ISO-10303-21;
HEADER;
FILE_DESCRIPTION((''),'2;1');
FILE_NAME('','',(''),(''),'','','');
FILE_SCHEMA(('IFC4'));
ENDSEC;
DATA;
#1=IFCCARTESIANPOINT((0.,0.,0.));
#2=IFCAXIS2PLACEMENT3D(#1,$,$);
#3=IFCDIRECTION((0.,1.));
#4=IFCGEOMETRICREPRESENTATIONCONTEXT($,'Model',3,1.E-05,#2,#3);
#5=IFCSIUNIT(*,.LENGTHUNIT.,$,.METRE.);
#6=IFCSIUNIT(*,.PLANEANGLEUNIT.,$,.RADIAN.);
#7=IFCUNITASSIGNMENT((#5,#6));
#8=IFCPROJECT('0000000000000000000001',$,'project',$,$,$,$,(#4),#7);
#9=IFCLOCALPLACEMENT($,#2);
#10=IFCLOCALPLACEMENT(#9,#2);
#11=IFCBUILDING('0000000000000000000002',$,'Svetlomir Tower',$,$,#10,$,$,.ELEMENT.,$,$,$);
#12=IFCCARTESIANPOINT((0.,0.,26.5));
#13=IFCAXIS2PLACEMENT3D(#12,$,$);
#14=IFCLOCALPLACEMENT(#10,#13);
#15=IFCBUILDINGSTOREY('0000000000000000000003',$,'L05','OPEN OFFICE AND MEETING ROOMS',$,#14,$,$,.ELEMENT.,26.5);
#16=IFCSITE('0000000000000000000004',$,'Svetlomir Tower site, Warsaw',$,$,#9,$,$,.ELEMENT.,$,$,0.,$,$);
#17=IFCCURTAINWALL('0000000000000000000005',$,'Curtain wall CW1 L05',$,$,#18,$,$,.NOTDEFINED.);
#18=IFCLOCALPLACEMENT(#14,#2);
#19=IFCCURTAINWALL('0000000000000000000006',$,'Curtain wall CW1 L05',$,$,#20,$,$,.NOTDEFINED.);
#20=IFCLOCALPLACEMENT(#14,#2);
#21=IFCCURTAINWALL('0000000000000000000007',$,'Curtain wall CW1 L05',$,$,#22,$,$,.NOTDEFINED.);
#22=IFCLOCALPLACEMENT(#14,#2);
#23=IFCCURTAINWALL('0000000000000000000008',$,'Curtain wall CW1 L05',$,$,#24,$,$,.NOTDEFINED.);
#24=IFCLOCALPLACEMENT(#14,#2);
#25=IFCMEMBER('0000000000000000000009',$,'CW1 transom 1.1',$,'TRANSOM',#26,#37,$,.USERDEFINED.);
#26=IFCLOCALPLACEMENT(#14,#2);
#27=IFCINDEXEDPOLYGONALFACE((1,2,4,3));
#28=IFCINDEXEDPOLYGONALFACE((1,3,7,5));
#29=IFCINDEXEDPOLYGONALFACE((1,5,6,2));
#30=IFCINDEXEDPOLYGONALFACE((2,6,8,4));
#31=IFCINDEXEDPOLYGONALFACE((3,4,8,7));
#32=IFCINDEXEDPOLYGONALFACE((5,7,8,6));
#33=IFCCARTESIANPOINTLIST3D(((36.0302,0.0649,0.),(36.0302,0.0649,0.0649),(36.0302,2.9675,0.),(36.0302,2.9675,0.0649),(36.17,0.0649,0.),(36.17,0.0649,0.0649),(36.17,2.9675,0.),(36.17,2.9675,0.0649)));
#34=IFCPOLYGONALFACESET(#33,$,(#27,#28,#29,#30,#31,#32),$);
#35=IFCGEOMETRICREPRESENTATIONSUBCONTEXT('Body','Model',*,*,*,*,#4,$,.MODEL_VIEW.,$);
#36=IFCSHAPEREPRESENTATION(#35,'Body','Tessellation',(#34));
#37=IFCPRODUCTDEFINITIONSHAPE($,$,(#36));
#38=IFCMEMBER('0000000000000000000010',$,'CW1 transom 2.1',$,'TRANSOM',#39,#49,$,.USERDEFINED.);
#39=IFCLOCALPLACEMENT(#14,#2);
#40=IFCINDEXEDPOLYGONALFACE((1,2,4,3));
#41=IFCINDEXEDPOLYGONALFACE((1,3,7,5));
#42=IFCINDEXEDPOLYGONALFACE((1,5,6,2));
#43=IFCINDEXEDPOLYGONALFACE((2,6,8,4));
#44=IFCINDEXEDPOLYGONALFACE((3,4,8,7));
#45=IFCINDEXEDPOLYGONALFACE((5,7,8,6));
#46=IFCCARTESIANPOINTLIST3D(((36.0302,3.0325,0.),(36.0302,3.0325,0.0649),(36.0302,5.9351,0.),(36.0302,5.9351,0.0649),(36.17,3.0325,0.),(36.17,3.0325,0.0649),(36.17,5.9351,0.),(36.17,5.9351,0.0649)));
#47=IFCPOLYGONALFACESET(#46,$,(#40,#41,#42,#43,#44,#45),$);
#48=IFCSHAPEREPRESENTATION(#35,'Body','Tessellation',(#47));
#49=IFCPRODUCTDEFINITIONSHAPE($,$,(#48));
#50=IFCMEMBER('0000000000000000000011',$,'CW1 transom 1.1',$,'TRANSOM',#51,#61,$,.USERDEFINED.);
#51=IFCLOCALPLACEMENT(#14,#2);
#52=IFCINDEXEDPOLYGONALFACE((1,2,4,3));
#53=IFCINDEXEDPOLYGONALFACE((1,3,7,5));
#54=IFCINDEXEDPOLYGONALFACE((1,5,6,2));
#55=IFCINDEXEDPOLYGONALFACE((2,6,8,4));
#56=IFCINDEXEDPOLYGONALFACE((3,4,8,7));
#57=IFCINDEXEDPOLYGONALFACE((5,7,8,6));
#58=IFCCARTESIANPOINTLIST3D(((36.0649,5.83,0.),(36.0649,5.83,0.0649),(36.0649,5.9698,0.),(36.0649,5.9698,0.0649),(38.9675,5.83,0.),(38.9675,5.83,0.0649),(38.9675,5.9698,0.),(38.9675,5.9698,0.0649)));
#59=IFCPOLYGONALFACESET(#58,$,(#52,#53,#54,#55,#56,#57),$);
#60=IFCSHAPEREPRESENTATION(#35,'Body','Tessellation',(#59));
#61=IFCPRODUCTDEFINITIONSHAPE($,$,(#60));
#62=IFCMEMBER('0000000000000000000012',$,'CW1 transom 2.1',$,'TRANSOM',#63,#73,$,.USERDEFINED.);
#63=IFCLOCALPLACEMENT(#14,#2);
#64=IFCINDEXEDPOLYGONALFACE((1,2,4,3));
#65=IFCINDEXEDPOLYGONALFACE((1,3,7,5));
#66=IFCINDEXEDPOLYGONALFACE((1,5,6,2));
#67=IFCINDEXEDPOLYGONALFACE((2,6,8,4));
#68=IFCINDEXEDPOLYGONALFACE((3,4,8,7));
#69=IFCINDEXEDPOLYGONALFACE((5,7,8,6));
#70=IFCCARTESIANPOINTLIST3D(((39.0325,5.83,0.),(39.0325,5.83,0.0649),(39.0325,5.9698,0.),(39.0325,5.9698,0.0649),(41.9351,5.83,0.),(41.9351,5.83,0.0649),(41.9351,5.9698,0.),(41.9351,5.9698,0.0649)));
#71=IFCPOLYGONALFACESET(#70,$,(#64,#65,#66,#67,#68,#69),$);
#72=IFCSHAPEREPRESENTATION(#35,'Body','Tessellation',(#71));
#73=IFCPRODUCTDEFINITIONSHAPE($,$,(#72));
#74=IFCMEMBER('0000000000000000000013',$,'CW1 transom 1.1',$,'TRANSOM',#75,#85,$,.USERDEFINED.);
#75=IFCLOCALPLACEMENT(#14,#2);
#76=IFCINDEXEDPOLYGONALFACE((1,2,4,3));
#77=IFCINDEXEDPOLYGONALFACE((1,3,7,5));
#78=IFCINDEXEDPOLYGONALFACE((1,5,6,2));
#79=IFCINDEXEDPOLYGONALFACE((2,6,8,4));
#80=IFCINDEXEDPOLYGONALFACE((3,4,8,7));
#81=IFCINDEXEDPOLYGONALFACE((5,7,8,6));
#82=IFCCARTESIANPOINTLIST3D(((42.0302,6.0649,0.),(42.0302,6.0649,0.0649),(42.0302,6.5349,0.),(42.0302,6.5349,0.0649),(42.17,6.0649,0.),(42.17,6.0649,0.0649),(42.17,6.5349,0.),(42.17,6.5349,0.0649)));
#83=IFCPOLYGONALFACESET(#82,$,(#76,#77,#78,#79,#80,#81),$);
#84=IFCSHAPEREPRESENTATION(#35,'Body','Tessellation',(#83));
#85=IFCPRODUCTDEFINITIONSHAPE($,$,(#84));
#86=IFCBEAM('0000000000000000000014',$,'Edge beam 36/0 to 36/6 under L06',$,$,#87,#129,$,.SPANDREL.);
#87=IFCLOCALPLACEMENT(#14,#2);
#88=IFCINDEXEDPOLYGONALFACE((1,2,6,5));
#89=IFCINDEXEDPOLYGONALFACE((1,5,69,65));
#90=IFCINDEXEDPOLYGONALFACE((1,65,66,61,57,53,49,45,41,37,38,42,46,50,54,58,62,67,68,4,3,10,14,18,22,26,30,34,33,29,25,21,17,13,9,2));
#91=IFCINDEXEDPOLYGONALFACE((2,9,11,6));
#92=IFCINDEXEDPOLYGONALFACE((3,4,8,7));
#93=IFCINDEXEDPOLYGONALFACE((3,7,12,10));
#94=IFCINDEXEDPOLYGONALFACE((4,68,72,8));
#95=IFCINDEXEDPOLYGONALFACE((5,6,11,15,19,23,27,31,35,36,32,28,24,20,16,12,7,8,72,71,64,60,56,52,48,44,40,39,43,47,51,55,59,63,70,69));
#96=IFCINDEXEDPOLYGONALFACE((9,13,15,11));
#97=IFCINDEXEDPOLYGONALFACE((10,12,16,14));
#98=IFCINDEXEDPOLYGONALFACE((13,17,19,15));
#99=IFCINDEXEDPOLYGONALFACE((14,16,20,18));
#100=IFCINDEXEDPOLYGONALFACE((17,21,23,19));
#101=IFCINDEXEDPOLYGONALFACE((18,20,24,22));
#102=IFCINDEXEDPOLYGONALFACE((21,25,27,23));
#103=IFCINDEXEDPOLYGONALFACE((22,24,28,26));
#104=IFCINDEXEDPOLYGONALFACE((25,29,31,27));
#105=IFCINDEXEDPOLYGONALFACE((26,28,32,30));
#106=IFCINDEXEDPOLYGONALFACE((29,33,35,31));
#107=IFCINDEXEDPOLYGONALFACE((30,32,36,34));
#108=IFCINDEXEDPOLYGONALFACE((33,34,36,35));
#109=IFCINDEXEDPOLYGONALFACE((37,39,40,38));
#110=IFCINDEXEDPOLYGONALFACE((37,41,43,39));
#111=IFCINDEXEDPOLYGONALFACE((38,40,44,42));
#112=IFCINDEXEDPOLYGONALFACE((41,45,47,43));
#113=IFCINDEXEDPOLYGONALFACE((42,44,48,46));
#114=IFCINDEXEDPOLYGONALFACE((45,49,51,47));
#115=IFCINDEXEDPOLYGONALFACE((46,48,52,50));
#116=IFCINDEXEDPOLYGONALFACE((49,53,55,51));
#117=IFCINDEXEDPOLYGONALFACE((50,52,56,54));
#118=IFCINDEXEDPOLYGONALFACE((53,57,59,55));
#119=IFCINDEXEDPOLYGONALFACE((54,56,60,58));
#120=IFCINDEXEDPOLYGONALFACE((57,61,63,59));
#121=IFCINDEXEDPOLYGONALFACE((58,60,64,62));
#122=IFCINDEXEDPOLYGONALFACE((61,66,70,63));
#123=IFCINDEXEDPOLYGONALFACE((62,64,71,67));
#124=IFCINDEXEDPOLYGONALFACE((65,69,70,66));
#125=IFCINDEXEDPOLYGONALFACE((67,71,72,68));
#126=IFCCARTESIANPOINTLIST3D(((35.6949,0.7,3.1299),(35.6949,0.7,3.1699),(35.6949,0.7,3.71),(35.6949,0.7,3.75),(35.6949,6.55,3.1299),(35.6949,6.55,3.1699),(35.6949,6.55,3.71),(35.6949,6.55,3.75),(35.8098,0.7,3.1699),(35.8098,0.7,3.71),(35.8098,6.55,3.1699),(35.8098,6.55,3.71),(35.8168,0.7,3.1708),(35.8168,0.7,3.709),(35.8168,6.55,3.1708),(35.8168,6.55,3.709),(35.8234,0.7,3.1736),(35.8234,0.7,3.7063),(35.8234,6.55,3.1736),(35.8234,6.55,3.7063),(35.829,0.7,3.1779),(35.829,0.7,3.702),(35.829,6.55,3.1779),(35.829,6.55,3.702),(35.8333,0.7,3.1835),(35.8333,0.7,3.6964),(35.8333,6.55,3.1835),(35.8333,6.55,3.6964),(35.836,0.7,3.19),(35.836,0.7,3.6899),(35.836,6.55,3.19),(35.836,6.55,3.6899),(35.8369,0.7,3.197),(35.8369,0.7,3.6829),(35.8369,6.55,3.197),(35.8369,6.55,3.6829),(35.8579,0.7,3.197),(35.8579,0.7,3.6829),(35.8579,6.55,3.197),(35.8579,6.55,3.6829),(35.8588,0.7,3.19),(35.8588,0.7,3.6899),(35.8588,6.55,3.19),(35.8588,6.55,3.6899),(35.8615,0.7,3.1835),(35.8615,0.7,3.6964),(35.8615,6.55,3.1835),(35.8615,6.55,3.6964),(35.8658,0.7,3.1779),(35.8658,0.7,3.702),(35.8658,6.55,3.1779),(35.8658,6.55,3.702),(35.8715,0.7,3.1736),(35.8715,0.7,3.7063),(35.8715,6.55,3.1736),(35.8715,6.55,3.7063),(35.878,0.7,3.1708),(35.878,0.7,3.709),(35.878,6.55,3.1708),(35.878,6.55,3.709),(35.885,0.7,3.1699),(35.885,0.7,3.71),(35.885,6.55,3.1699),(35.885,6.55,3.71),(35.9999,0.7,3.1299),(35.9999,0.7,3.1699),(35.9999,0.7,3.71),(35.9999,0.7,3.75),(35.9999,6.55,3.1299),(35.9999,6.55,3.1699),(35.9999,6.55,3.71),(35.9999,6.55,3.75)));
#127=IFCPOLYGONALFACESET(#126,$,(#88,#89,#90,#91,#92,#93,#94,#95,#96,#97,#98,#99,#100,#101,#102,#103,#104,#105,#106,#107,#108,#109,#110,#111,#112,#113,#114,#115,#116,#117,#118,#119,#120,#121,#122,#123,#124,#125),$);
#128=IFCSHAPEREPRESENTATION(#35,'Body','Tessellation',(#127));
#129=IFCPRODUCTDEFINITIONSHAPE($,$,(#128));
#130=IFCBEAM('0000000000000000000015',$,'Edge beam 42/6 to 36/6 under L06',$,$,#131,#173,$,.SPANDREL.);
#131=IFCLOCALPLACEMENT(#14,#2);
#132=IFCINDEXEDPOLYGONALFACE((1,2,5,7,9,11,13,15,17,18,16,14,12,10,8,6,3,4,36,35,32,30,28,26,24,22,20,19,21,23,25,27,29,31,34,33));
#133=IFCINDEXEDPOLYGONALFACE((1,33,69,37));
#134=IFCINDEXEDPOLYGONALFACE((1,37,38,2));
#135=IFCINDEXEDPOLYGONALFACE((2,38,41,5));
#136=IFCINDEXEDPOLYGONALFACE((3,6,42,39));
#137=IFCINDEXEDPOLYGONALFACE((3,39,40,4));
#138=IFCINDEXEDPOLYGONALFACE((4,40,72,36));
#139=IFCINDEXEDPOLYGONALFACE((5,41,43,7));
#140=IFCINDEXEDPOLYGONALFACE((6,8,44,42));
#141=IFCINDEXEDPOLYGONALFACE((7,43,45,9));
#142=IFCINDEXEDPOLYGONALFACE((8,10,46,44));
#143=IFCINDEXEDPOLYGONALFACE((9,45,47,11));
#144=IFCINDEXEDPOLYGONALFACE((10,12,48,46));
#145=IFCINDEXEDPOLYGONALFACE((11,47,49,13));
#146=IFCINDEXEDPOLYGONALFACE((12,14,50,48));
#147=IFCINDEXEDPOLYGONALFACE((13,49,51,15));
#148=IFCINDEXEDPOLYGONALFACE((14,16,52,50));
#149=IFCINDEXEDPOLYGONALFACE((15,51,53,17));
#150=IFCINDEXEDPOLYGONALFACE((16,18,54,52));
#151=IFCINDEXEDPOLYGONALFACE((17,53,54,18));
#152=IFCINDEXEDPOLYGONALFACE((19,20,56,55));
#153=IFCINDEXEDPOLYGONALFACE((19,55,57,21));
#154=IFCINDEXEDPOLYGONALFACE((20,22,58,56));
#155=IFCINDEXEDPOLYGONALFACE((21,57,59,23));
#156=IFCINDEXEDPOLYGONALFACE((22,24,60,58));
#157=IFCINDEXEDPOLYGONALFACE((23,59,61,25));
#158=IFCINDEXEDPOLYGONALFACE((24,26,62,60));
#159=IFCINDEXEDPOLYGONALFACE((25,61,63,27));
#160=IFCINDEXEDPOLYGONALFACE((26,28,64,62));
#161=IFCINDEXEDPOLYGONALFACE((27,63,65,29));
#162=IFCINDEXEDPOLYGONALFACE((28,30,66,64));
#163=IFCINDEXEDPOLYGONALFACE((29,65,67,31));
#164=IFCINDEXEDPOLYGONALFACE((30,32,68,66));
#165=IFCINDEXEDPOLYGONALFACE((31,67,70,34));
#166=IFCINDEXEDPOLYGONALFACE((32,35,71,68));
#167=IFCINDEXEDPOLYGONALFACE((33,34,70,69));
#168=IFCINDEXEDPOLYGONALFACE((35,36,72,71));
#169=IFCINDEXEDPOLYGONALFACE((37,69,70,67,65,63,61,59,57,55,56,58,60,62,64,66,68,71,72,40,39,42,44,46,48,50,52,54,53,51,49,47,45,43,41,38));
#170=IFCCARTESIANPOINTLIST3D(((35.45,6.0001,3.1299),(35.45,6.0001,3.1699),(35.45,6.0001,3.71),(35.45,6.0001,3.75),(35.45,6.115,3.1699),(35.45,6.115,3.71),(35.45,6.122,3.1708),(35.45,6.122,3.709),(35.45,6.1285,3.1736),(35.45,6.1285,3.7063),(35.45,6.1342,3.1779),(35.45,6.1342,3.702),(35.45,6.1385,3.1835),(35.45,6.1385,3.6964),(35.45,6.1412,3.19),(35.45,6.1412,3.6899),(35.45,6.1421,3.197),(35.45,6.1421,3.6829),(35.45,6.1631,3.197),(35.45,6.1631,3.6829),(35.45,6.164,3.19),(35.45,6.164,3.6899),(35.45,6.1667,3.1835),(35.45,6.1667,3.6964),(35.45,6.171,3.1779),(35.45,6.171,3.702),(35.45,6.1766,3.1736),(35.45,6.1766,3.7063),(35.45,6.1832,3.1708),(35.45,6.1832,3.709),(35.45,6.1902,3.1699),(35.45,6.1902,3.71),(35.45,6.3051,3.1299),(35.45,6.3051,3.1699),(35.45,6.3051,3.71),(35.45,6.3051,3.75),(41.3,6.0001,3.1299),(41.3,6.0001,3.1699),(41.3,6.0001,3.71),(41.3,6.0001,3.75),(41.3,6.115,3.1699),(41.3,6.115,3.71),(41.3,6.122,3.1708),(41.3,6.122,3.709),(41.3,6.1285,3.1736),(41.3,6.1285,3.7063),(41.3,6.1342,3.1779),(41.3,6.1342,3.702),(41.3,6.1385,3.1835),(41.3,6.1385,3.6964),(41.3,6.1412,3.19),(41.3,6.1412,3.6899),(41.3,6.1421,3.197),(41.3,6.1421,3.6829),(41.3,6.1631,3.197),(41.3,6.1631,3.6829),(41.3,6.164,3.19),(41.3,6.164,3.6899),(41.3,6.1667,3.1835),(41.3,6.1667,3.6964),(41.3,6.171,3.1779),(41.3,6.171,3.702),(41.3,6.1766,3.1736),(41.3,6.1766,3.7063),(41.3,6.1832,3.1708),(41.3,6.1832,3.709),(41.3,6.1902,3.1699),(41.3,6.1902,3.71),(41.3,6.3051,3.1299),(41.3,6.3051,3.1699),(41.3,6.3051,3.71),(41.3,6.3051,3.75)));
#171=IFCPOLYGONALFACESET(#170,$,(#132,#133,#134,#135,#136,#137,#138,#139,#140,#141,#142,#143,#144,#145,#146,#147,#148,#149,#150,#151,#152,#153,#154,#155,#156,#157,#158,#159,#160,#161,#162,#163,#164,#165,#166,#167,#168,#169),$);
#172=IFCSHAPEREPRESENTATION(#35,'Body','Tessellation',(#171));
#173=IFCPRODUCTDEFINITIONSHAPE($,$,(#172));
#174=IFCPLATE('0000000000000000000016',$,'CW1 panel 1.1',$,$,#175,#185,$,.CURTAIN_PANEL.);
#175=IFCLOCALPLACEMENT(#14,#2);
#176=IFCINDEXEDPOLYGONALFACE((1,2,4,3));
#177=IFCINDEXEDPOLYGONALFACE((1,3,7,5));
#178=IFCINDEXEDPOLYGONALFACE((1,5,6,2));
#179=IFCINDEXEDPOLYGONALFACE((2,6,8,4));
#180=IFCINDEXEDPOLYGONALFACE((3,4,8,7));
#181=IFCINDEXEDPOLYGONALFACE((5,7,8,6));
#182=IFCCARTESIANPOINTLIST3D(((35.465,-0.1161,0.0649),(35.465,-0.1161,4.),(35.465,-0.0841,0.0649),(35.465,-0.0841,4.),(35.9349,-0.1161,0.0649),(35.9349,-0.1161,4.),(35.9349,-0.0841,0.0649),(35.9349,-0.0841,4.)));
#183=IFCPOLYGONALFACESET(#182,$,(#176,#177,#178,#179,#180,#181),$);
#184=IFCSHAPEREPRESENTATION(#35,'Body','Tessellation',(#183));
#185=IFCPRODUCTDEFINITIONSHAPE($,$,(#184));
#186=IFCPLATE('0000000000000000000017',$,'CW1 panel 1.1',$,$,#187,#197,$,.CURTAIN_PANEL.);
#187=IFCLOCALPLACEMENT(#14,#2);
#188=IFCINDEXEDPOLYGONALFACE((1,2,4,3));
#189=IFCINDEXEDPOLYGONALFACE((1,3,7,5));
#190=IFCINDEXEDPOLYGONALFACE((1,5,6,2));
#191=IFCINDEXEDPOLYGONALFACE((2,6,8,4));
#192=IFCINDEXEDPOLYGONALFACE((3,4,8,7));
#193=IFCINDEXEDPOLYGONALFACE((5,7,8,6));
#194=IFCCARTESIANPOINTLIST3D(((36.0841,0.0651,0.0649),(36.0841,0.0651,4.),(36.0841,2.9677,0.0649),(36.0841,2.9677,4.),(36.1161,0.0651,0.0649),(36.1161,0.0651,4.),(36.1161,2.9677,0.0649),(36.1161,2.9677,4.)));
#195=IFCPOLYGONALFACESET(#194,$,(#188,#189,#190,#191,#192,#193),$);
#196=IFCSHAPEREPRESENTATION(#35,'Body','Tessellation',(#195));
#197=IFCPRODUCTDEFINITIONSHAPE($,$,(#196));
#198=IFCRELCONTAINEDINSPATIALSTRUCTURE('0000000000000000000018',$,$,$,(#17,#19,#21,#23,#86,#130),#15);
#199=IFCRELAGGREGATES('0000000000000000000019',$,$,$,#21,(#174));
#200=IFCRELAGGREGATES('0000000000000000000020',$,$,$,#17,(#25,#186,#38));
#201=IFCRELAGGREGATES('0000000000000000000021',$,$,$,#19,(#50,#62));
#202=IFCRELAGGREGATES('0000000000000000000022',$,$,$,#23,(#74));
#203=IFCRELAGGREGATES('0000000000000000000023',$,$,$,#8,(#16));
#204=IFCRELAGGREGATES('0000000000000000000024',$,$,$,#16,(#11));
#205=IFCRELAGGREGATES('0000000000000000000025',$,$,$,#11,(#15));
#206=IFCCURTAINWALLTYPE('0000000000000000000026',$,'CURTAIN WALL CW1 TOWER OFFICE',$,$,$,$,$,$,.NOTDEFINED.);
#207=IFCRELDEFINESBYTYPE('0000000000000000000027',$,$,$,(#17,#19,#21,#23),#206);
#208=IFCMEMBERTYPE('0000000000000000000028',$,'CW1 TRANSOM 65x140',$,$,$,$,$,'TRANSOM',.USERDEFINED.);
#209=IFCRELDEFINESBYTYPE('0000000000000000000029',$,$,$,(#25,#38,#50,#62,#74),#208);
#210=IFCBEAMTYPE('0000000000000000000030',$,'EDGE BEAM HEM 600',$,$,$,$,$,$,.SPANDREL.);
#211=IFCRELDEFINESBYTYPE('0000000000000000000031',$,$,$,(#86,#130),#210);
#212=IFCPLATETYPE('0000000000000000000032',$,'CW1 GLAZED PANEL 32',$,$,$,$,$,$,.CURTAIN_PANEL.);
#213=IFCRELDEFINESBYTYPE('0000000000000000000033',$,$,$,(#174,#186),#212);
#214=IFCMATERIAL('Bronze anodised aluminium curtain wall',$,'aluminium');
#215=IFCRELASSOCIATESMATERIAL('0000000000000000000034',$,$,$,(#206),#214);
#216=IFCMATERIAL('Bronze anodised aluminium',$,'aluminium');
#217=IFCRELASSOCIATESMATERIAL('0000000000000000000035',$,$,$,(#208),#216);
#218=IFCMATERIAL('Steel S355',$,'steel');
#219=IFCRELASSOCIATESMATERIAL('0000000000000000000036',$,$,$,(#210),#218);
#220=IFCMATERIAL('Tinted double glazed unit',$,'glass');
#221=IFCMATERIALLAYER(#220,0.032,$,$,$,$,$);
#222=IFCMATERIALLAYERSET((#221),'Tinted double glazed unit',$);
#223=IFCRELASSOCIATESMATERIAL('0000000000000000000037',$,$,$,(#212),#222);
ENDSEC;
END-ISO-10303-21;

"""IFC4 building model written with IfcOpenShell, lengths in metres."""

from ifc_helpers import new_model, si_unit, direction, frame, origin, origin_2d, place, context, subcontext, project, spatial, rectangle, i_section, extrude, material, layer, layer_set, material_profile, profile_set, type_object, element, aggregate, save


model = new_model("IFC4")

# Units and contexts
model_context = context("Model", 3, precision=1e-05, world=origin(), true_north=direction((0.0, 1.0)))
body_context = subcontext(model_context, "Body", "Model", "MODEL_VIEW")
ifc_project = project(units=[si_unit("LENGTHUNIT", "METRE"), si_unit("PLANEANGLEUNIT", "RADIAN")], contexts=[model_context])

# Site, building, storey
site_placement = place(None, origin())
site = spatial("IfcSite", under=ifc_project, at=site_placement, Name="Svetlomir Tower site, Warsaw", CompositionType="ELEMENT", RefElevation=0.0)
building_placement = place(site_placement, origin())
building = spatial("IfcBuilding", under=site, at=building_placement, Name="Svetlomir Tower", CompositionType="ELEMENT")
storey_placement = place(building_placement, frame((0.0, 0.0, 26.5)))
storey = spatial("IfcBuildingStorey", under=building, at=storey_placement, Name="L05", Description="OPEN OFFICE AND MEETING ROOMS", CompositionType="ELEMENT", Elevation=26.5)

# Curtain walls
ifc_material_1 = material(Name="Bronze anodised aluminium curtain wall", Category="aluminium")
curtain_wall_type = type_object("IfcCurtainWallType", Name="CURTAIN WALL CW1 TOWER OFFICE", PredefinedType="NOTDEFINED", material=ifc_material_1)
curtain_wall_1_placement = place(storey_placement, origin())
curtain_wall_1 = element("IfcCurtainWall", 1, at=curtain_wall_1_placement, inside=storey, type_object=curtain_wall_type, Name="Curtain wall CW1 L05", PredefinedType="NOTDEFINED")
curtain_wall_2_placement = place(storey_placement, origin())
curtain_wall_2 = element("IfcCurtainWall", 2, at=curtain_wall_2_placement, inside=storey, type_object=curtain_wall_type, Name="Curtain wall CW1 L05", PredefinedType="NOTDEFINED")

# Curtain wall
curtain_wall_3_placement = place(storey_placement, origin())
curtain_wall_3 = element("IfcCurtainWall", 3, at=curtain_wall_3_placement, inside=storey, type_object=curtain_wall_type, Name="Curtain wall CW1 L05", PredefinedType="NOTDEFINED")

# Curtain wall
curtain_wall_4_placement = place(storey_placement, origin())
curtain_wall_4 = element("IfcCurtainWall", 4, at=curtain_wall_4_placement, inside=storey, type_object=curtain_wall_type, Name="Curtain wall CW1 L05", PredefinedType="NOTDEFINED")

# Members
ifc_material_2 = material(Name="Bronze anodised aluminium", Category="aluminium")
ifc_material_profile_1 = material_profile(ifc_material_2, rectangle(XDim=0.1399, YDim=0.0649, at=origin_2d()), Name="AL 140x65")
ifc_profile_set_1 = profile_set([ifc_material_profile_1], Name="Bronze anodised aluminium 6063-T6")
member_type_1 = type_object("IfcMemberType", Name="CW1 TRANSOM 65x140", ElementType="TRANSOM", PredefinedType="USERDEFINED", material=ifc_profile_set_1)
member_1_placement = place(storey_placement, frame((36.1001, 0.0649, 0.0325), z_axis=(0.0, 1.0, 0.0), x_axis=(-1.0, 0.0, 0.0)))
member_1 = element("IfcMember", 5, at=member_1_placement, type_object=member_type_1, Name="CW1 transom 1.1", ObjectType="TRANSOM", PredefinedType="USERDEFINED", context=body_context, shape_type="SweptSolid", body=[
    extrude(rectangle(XDim=0.1399, YDim=0.0649, at=origin_2d()), origin(), (0.0, 0.0, 1.0), 2.9026),
])
member_2_placement = place(storey_placement, frame((36.1001, 3.0325, 0.0325), z_axis=(0.0, 1.0, 0.0), x_axis=(-1.0, 0.0, 0.0)))
member_2 = element("IfcMember", 6, at=member_2_placement, type_object=member_type_1, Name="CW1 transom 2.1", ObjectType="TRANSOM", PredefinedType="USERDEFINED", context=body_context, shape_type="SweptSolid", body=[
    extrude(rectangle(XDim=0.1399, YDim=0.0649, at=origin_2d()), origin(), (0.0, 0.0, 1.0), 2.9026),
])
member_3_placement = place(storey_placement, frame((36.0649, 5.8999, 0.0325), z_axis=(1.0, 0.0, 0.0), x_axis=(0.0, 1.0, 0.0)))
member_3 = element("IfcMember", 7, at=member_3_placement, type_object=member_type_1, Name="CW1 transom 1.1", ObjectType="TRANSOM", PredefinedType="USERDEFINED", context=body_context, shape_type="SweptSolid", body=[
    extrude(rectangle(XDim=0.1399, YDim=0.0649, at=origin_2d()), origin(), (0.0, 0.0, 1.0), 2.9026),
])
member_4_placement = place(storey_placement, frame((39.0325, 5.8999, 0.0325), z_axis=(1.0, 0.0, 0.0), x_axis=(0.0, 1.0, 0.0)))
member_4 = element("IfcMember", 8, at=member_4_placement, type_object=member_type_1, Name="CW1 transom 2.1", ObjectType="TRANSOM", PredefinedType="USERDEFINED", context=body_context, shape_type="SweptSolid", body=[
    extrude(rectangle(XDim=0.1399, YDim=0.0649, at=origin_2d()), origin(), (0.0, 0.0, 1.0), 2.9026),
])
member_5_placement = place(storey_placement, frame((42.1001, 6.0649, 0.0325), z_axis=(0.0, 1.0, 0.0), x_axis=(-1.0, 0.0, 0.0)))
member_5 = element("IfcMember", 9, at=member_5_placement, type_object=member_type_1, Name="CW1 transom 1.1", ObjectType="TRANSOM", PredefinedType="USERDEFINED", context=body_context, shape_type="SweptSolid", body=[
    extrude(rectangle(XDim=0.1399, YDim=0.0649, at=origin_2d()), origin(), (0.0, 0.0, 1.0), 0.47),
])

# Beams
ifc_material_3 = material(Name="Steel S355", Category="steel")
ifc_material_profile_2 = material_profile(ifc_material_3, i_section(OverallWidth=0.3049, OverallDepth=0.6201, WebThickness=0.021, FlangeThickness=0.04, FilletRadius=0.0271, at=origin_2d()), Name="HEM 600")
ifc_profile_set_2 = profile_set([ifc_material_profile_2], Name="Steel S355")
beam_type_1 = type_object("IfcBeamType", Name="EDGE BEAM HEM 600", PredefinedType="SPANDREL", material=ifc_profile_set_2)
for number, where, z_axis, x_axis, name in (
    (10, (35.8474, 0.7, 3.4399), (0.0, 1.0, 0.0), (-1.0, 0.0, 0.0), "Edge beam 36/0 to 36/6 under L06"),
    (11, (41.3, 6.1526, 3.4399), (-1.0, 0.0, 0.0), (0.0, -1.0, 0.0), "Edge beam 42/6 to 36/6 under L06"),
):
    element("IfcBeam", number, at=place(storey_placement, frame(where, z_axis=z_axis, x_axis=x_axis)), inside=storey, type_object=beam_type_1, Name=name, PredefinedType="SPANDREL", context=body_context, shape_type="SweptSolid", body=[
        extrude(i_section(OverallWidth=0.3049, OverallDepth=0.6201, WebThickness=0.021, FlangeThickness=0.04, FilletRadius=0.0271, at=origin_2d()), origin(), (0.0, 0.0, 1.0), 5.8501),
    ])

# Plates
ifc_material_4 = material(Name="Tinted double glazed unit", Category="glass")
ifc_layer_1 = layer(ifc_material_4, 0.032)
ifc_layer_set_1 = layer_set([ifc_layer_1], Name="Tinted double glazed unit")
plate_type = type_object("IfcPlateType", Name="CW1 GLAZED PANEL 32", PredefinedType="CURTAIN_PANEL", material=ifc_layer_set_1)
plate_1_placement = place(storey_placement, frame((35.7, -0.1001, 0.0649), z_axis=(0.0, 0.0, 1.0), x_axis=(1.0, 0.0, 0.0)))
plate_1 = element("IfcPlate", 12, at=plate_1_placement, type_object=plate_type, Name="CW1 panel 1.1", PredefinedType="CURTAIN_PANEL", context=body_context, shape_type="SweptSolid", body=[
    extrude(rectangle(XDim=0.47, YDim=0.032, at=origin_2d()), origin(), (0.0, 0.0, 1.0), 3.9351),
])
aggregate(curtain_wall_3, [plate_1])
plate_2_placement = place(storey_placement, frame((36.1001, 1.5164, 0.0649), z_axis=(0.0, 0.0, 1.0), x_axis=(0.0, 1.0, 0.0)))
plate_2 = element("IfcPlate", 13, at=plate_2_placement, type_object=plate_type, Name="CW1 panel 1.1", PredefinedType="CURTAIN_PANEL", context=body_context, shape_type="SweptSolid", body=[
    extrude(rectangle(XDim=2.9026, YDim=0.032, at=origin_2d()), origin(), (0.0, 0.0, 1.0), 3.9351),
])
aggregate(curtain_wall_1, [member_1, plate_2, member_2])
aggregate(curtain_wall_2, [member_3, member_4])
aggregate(curtain_wall_4, [member_5])

save(model, "model.ifc")
